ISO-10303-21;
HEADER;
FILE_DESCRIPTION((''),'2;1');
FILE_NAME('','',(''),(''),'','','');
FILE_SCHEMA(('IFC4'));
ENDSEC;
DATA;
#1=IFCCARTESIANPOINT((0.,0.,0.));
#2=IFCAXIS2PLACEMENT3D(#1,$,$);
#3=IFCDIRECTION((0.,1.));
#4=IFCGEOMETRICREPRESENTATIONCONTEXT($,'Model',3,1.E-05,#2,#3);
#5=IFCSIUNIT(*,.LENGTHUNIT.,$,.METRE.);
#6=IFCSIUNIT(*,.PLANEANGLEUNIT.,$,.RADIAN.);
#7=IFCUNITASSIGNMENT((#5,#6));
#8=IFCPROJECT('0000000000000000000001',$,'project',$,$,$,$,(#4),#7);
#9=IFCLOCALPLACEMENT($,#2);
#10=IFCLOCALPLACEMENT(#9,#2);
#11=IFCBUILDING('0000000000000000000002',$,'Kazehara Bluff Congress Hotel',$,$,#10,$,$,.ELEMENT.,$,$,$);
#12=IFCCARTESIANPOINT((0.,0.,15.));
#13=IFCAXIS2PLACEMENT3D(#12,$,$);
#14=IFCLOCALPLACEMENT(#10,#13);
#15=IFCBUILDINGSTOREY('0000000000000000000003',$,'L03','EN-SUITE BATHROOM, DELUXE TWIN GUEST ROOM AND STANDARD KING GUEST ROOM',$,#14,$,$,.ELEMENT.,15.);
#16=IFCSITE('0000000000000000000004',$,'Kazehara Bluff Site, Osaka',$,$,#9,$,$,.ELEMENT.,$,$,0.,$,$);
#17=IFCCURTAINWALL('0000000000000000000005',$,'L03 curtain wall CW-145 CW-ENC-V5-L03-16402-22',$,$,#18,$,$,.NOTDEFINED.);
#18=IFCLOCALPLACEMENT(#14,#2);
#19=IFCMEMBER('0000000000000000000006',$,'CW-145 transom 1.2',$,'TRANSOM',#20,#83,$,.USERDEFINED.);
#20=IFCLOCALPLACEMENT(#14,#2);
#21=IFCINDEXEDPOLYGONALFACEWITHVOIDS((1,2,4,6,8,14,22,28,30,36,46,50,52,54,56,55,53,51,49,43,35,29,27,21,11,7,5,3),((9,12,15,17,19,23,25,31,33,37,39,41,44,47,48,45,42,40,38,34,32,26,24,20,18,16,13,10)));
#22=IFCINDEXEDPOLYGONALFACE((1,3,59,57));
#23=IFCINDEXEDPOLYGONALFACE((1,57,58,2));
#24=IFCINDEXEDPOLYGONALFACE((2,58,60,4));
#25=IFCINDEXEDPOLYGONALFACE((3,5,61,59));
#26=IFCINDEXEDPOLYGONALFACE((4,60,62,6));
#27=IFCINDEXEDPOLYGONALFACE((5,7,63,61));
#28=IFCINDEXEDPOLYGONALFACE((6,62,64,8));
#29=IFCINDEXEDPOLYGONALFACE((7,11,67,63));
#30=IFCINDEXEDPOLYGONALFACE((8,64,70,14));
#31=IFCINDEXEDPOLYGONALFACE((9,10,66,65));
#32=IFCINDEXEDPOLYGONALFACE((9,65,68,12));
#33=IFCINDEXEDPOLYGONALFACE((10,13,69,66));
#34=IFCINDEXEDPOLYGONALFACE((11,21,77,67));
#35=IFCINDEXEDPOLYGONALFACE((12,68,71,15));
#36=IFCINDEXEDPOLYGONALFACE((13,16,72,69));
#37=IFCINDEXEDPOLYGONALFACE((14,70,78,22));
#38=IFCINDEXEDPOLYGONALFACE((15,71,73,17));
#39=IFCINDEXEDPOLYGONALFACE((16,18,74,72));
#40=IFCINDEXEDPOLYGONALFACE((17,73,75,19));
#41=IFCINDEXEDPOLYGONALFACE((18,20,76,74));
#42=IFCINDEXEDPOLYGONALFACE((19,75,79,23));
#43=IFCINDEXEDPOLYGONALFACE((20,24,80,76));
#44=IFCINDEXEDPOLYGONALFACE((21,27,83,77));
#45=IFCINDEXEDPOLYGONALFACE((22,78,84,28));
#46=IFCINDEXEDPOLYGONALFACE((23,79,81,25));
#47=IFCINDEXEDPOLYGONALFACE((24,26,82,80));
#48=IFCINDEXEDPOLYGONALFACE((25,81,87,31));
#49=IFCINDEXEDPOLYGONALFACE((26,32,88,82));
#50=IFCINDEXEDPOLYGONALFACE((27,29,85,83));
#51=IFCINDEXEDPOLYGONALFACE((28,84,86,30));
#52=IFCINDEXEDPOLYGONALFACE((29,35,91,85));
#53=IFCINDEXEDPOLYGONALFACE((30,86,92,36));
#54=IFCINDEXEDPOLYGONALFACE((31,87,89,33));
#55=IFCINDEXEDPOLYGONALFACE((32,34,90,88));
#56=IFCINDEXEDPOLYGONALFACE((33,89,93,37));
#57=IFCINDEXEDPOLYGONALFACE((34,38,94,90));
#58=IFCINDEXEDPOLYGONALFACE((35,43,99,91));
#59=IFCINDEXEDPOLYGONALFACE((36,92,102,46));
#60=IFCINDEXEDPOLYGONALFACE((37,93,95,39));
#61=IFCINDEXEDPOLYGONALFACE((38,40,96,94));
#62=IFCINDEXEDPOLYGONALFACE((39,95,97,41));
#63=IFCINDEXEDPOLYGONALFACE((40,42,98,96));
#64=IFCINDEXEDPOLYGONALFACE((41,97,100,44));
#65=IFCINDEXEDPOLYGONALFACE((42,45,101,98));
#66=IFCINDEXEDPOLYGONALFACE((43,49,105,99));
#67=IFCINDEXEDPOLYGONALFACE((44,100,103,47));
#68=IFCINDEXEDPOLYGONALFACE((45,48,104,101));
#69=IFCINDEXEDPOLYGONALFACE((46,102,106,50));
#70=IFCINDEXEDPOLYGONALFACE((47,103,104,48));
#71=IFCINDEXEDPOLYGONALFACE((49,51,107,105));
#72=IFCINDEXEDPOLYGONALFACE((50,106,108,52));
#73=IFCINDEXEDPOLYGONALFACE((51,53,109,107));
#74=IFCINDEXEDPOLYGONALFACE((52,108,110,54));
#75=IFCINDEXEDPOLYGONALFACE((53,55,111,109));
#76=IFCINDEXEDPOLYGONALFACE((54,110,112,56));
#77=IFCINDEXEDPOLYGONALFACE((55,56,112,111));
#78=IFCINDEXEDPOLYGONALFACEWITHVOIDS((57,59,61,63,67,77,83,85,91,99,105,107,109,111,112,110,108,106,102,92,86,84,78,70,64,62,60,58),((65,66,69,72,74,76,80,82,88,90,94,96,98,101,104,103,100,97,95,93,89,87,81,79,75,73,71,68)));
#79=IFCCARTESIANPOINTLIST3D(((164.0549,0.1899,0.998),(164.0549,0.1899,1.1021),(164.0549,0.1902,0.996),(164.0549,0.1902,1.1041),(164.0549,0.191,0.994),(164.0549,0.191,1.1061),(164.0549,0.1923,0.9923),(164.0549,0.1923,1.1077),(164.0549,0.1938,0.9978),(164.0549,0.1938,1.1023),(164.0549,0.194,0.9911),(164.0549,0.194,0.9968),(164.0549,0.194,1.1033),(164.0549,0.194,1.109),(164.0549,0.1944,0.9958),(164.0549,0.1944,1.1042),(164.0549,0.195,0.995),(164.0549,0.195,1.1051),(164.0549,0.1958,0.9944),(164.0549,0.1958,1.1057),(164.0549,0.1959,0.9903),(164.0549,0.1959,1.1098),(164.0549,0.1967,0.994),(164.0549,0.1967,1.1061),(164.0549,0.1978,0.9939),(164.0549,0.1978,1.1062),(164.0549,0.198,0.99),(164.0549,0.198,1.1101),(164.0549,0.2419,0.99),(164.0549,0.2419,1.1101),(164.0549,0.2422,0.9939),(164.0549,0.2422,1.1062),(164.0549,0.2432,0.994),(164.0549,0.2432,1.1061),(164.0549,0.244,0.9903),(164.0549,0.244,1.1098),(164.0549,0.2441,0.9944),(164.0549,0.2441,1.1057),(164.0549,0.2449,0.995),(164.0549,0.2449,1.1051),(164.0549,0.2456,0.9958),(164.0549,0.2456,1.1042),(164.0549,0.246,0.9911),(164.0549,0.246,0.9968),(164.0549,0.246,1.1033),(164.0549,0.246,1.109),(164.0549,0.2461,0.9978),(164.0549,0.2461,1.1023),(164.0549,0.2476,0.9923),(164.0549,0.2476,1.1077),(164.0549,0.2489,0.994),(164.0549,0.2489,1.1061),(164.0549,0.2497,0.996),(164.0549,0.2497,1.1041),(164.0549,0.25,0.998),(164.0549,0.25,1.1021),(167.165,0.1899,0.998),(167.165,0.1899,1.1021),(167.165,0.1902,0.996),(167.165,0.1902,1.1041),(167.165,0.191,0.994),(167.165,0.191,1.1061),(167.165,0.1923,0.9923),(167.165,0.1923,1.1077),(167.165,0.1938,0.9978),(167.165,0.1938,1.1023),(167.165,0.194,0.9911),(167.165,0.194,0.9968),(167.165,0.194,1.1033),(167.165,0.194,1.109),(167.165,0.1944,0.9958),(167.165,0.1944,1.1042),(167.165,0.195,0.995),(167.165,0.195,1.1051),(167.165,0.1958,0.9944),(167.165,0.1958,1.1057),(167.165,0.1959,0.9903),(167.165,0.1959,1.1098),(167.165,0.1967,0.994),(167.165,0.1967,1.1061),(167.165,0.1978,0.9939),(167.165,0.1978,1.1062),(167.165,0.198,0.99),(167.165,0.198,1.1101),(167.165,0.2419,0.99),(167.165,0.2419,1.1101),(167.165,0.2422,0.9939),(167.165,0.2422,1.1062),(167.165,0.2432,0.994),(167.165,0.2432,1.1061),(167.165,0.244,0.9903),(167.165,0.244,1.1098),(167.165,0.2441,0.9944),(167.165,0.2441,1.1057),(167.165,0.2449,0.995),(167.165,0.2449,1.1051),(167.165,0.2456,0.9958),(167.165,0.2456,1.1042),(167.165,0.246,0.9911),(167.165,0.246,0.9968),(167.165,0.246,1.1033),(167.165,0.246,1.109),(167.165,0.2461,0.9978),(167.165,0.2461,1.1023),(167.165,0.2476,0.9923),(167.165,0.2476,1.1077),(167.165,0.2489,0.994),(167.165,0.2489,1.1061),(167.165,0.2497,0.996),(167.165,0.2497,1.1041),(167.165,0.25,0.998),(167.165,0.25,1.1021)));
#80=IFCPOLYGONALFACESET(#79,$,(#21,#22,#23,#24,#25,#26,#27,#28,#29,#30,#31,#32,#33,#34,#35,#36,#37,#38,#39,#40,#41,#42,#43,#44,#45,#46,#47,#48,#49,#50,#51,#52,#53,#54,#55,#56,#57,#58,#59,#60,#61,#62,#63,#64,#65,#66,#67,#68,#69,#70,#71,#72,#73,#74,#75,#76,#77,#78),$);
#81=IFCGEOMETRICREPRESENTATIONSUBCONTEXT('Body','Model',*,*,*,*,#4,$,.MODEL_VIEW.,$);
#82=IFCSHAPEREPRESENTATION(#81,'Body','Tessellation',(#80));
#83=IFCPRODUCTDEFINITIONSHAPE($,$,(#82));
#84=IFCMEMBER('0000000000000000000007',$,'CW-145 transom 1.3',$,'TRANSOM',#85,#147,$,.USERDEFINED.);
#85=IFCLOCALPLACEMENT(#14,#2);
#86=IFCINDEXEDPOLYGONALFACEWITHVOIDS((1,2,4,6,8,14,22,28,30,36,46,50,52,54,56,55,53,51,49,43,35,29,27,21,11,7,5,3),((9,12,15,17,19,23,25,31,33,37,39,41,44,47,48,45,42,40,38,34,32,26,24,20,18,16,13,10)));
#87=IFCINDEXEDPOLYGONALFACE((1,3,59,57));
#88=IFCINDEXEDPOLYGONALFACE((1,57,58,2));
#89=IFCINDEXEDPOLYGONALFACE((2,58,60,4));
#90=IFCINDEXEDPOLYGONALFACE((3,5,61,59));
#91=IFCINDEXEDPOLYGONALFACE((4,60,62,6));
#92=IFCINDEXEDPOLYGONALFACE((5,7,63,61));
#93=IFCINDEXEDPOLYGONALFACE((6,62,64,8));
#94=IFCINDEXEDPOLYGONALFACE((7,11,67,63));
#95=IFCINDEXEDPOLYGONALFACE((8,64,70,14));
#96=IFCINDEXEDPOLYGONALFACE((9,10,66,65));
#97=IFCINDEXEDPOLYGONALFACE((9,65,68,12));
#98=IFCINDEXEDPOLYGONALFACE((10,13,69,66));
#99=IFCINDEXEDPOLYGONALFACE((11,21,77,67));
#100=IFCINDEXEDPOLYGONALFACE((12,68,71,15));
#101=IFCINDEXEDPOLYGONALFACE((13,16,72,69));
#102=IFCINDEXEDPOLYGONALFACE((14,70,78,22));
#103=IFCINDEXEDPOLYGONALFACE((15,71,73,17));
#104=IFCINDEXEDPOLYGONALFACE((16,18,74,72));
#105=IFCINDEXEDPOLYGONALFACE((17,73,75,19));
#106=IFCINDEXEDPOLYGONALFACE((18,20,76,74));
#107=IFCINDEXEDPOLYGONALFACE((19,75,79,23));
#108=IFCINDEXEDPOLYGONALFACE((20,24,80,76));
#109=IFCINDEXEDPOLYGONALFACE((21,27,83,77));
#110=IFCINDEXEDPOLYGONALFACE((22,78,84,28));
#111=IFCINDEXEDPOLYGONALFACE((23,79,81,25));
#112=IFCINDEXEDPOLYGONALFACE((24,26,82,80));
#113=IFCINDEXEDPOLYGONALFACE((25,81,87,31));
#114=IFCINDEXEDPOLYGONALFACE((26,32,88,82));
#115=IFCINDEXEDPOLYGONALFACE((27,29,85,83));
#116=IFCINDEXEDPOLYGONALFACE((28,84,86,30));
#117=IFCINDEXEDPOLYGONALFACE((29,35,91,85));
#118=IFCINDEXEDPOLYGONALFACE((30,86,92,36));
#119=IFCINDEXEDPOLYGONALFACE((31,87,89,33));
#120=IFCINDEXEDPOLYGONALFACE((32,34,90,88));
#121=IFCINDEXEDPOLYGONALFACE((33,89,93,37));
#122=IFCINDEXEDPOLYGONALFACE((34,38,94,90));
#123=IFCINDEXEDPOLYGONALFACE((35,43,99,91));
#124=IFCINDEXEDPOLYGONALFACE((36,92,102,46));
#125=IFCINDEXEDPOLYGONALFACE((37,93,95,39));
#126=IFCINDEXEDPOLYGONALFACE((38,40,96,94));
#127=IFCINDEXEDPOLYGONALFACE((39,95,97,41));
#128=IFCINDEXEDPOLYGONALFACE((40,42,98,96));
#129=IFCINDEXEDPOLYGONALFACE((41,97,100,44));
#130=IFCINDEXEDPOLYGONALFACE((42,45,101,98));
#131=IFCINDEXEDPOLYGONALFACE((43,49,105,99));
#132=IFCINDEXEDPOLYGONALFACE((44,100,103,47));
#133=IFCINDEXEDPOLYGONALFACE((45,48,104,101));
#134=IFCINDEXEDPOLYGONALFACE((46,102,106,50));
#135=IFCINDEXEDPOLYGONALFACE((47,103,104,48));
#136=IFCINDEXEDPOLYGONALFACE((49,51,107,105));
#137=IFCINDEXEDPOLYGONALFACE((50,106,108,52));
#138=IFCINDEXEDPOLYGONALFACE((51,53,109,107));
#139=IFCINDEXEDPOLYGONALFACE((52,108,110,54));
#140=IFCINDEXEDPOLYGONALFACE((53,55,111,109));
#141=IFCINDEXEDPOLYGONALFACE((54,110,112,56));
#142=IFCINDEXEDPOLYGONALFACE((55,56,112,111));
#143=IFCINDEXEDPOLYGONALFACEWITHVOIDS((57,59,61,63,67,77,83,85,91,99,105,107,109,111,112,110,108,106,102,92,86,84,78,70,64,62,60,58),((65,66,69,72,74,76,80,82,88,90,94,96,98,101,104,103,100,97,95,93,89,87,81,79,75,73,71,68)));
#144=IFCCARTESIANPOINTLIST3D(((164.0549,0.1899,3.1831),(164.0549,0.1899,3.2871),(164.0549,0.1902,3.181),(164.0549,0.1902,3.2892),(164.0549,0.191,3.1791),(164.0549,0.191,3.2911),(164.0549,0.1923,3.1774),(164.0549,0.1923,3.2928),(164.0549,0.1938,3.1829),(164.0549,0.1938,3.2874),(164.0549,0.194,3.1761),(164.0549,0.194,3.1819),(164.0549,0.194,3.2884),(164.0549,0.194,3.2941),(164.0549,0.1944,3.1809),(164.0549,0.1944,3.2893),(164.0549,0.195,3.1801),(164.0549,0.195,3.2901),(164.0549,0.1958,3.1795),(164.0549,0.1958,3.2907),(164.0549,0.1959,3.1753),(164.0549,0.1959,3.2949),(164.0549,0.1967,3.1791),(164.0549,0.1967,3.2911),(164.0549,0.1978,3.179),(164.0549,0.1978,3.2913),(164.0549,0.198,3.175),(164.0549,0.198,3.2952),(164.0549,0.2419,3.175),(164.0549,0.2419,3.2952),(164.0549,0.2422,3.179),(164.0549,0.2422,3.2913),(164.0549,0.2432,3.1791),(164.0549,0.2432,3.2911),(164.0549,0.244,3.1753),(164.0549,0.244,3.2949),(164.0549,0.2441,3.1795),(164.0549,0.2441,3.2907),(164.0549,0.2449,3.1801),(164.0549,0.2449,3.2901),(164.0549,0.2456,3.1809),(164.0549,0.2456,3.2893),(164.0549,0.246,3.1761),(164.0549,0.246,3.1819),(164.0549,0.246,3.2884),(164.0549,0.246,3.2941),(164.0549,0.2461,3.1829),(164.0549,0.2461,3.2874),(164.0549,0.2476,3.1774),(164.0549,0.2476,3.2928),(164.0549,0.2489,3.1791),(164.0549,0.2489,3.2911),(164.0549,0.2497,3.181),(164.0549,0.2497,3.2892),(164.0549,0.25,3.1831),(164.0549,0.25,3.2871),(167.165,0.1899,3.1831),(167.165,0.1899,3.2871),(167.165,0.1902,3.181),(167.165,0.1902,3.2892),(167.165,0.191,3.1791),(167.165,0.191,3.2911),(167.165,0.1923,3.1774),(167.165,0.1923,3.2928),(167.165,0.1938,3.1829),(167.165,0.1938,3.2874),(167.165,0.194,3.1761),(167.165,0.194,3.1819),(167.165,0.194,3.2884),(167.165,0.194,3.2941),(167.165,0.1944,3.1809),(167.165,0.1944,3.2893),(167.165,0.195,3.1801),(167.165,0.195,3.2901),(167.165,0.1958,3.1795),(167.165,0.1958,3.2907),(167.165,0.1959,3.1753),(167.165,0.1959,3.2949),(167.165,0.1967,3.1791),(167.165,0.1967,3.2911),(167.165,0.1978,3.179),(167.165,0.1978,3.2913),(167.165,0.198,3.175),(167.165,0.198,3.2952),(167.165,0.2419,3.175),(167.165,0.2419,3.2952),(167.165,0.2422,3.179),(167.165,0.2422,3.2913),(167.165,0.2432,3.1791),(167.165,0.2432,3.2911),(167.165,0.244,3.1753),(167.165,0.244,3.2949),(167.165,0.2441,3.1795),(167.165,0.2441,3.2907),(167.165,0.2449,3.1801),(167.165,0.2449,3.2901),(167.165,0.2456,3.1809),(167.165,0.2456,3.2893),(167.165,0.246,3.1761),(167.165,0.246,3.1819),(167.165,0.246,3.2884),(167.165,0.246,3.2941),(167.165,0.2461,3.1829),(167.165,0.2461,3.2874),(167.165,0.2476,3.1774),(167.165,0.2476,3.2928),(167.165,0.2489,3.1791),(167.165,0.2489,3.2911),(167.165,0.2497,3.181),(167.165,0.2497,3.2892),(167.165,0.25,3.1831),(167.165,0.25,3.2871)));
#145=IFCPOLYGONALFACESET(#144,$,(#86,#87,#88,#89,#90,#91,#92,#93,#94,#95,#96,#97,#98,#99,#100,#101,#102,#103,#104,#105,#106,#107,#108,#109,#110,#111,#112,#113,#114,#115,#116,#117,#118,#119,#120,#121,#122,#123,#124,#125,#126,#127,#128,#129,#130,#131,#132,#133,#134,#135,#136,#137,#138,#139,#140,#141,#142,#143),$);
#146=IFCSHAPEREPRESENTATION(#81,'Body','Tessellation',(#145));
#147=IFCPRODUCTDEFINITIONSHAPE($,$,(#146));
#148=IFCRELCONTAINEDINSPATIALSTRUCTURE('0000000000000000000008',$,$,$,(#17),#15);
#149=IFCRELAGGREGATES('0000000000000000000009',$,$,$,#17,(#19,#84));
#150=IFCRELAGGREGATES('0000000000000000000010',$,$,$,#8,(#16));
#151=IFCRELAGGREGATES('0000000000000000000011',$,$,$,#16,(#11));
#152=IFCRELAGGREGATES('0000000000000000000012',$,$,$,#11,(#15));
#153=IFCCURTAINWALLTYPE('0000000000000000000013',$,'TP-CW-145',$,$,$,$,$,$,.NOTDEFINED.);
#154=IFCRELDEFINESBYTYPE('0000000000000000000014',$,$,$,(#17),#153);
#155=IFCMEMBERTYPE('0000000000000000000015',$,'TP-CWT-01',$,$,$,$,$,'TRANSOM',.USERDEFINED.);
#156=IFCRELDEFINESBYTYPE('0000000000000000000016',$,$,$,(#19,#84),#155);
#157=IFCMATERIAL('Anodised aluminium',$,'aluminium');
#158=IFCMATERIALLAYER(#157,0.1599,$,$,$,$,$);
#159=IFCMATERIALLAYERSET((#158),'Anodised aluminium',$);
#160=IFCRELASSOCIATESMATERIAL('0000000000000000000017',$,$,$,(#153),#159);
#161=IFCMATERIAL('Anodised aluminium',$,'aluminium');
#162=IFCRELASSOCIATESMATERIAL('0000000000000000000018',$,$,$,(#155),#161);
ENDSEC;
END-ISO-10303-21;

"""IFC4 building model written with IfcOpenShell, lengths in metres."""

from ifc_helpers import new_model, si_unit, direction, frame, origin, origin_2d, place, context, subcontext, project, spatial, hollow_rectangle, extrude, material, layer, layer_set, material_profile, profile_set, type_object, element, aggregate, save


model = new_model("IFC4")

# Units and contexts
model_context = context("Model", 3, precision=1e-05, world=origin(), true_north=direction((0.0, 1.0)))
body_context = subcontext(model_context, "Body", "Model", "MODEL_VIEW")
ifc_project = project(units=[si_unit("LENGTHUNIT", "METRE"), si_unit("PLANEANGLEUNIT", "RADIAN")], contexts=[model_context])

# Site, building, storey
site_placement = place(None, origin())
site = spatial("IfcSite", under=ifc_project, at=site_placement, Name="Kazehara Bluff Site, Osaka", CompositionType="ELEMENT", RefElevation=0.0)
building_placement = place(site_placement, origin())
building = spatial("IfcBuilding", under=site, at=building_placement, Name="Kazehara Bluff Congress Hotel", CompositionType="ELEMENT")
storey_placement = place(building_placement, frame((0.0, 0.0, 15.0)))
storey = spatial("IfcBuildingStorey", under=building, at=storey_placement, Name="L03", Description="EN-SUITE BATHROOM, DELUXE TWIN GUEST ROOM AND STANDARD KING GUEST ROOM", CompositionType="ELEMENT", Elevation=15.0)

# Curtain wall
ifc_material_1 = material(Name="Anodised aluminium", Category="aluminium")
ifc_layer_1 = layer(ifc_material_1, 0.1599)
ifc_layer_set_1 = layer_set([ifc_layer_1], Name="Anodised aluminium")
curtain_wall_type_1 = type_object("IfcCurtainWallType", Name="TP-CW-145", PredefinedType="NOTDEFINED", material=ifc_layer_set_1)
curtain_wall_1_placement = place(storey_placement, origin())
curtain_wall_1 = element("IfcCurtainWall", 1, at=curtain_wall_1_placement, inside=storey, type_object=curtain_wall_type_1, Name="L03 curtain wall CW-145 CW-ENC-V5-L03-16402-22", PredefinedType="NOTDEFINED")

# Members
ifc_material_2 = material(Name="Anodised aluminium", Category="aluminium")
ifc_material_profile_1 = material_profile(ifc_material_2, hollow_rectangle(XDim=0.0601, YDim=0.1201, WallThickness=0.0039, InnerFilletRadius=0.0039, OuterFilletRadius=0.0081, at=origin_2d()))
ifc_profile_set_1 = profile_set([ifc_material_profile_1], Name="Anodised aluminium")
member_type_1 = type_object("IfcMemberType", Name="TP-CWT-01", ElementType="TRANSOM", PredefinedType="USERDEFINED", material=ifc_profile_set_1)
member_1_placement = place(storey_placement, frame((167.165, 0.22, 1.05), z_axis=(-1.0, 0.0, 0.0), x_axis=(0.0, -1.0, 0.0)))
member_1 = element("IfcMember", 2, at=member_1_placement, type_object=member_type_1, Name="CW-145 transom 1.2", ObjectType="TRANSOM", PredefinedType="USERDEFINED", context=body_context, shape_type="SweptSolid", body=[
    extrude(hollow_rectangle(XDim=0.0601, YDim=0.1201, WallThickness=0.0039, InnerFilletRadius=0.0039, OuterFilletRadius=0.0081, at=origin_2d()), origin(), (0.0, 0.0, 1.0), 3.1101),
])
member_2_placement = place(storey_placement, frame((167.165, 0.22, 3.2351), z_axis=(-1.0, 0.0, 0.0), x_axis=(0.0, -1.0, 0.0)))
member_2 = element("IfcMember", 3, at=member_2_placement, type_object=member_type_1, Name="CW-145 transom 1.3", ObjectType="TRANSOM", PredefinedType="USERDEFINED", context=body_context, shape_type="SweptSolid", body=[
    extrude(hollow_rectangle(XDim=0.0601, YDim=0.1201, WallThickness=0.0039, InnerFilletRadius=0.0039, OuterFilletRadius=0.0081, at=origin_2d()), origin(), (0.0, 0.0, 1.0), 3.1101),
])
aggregate(curtain_wall_1, [member_1, member_2])

save(model, "model.ifc")
